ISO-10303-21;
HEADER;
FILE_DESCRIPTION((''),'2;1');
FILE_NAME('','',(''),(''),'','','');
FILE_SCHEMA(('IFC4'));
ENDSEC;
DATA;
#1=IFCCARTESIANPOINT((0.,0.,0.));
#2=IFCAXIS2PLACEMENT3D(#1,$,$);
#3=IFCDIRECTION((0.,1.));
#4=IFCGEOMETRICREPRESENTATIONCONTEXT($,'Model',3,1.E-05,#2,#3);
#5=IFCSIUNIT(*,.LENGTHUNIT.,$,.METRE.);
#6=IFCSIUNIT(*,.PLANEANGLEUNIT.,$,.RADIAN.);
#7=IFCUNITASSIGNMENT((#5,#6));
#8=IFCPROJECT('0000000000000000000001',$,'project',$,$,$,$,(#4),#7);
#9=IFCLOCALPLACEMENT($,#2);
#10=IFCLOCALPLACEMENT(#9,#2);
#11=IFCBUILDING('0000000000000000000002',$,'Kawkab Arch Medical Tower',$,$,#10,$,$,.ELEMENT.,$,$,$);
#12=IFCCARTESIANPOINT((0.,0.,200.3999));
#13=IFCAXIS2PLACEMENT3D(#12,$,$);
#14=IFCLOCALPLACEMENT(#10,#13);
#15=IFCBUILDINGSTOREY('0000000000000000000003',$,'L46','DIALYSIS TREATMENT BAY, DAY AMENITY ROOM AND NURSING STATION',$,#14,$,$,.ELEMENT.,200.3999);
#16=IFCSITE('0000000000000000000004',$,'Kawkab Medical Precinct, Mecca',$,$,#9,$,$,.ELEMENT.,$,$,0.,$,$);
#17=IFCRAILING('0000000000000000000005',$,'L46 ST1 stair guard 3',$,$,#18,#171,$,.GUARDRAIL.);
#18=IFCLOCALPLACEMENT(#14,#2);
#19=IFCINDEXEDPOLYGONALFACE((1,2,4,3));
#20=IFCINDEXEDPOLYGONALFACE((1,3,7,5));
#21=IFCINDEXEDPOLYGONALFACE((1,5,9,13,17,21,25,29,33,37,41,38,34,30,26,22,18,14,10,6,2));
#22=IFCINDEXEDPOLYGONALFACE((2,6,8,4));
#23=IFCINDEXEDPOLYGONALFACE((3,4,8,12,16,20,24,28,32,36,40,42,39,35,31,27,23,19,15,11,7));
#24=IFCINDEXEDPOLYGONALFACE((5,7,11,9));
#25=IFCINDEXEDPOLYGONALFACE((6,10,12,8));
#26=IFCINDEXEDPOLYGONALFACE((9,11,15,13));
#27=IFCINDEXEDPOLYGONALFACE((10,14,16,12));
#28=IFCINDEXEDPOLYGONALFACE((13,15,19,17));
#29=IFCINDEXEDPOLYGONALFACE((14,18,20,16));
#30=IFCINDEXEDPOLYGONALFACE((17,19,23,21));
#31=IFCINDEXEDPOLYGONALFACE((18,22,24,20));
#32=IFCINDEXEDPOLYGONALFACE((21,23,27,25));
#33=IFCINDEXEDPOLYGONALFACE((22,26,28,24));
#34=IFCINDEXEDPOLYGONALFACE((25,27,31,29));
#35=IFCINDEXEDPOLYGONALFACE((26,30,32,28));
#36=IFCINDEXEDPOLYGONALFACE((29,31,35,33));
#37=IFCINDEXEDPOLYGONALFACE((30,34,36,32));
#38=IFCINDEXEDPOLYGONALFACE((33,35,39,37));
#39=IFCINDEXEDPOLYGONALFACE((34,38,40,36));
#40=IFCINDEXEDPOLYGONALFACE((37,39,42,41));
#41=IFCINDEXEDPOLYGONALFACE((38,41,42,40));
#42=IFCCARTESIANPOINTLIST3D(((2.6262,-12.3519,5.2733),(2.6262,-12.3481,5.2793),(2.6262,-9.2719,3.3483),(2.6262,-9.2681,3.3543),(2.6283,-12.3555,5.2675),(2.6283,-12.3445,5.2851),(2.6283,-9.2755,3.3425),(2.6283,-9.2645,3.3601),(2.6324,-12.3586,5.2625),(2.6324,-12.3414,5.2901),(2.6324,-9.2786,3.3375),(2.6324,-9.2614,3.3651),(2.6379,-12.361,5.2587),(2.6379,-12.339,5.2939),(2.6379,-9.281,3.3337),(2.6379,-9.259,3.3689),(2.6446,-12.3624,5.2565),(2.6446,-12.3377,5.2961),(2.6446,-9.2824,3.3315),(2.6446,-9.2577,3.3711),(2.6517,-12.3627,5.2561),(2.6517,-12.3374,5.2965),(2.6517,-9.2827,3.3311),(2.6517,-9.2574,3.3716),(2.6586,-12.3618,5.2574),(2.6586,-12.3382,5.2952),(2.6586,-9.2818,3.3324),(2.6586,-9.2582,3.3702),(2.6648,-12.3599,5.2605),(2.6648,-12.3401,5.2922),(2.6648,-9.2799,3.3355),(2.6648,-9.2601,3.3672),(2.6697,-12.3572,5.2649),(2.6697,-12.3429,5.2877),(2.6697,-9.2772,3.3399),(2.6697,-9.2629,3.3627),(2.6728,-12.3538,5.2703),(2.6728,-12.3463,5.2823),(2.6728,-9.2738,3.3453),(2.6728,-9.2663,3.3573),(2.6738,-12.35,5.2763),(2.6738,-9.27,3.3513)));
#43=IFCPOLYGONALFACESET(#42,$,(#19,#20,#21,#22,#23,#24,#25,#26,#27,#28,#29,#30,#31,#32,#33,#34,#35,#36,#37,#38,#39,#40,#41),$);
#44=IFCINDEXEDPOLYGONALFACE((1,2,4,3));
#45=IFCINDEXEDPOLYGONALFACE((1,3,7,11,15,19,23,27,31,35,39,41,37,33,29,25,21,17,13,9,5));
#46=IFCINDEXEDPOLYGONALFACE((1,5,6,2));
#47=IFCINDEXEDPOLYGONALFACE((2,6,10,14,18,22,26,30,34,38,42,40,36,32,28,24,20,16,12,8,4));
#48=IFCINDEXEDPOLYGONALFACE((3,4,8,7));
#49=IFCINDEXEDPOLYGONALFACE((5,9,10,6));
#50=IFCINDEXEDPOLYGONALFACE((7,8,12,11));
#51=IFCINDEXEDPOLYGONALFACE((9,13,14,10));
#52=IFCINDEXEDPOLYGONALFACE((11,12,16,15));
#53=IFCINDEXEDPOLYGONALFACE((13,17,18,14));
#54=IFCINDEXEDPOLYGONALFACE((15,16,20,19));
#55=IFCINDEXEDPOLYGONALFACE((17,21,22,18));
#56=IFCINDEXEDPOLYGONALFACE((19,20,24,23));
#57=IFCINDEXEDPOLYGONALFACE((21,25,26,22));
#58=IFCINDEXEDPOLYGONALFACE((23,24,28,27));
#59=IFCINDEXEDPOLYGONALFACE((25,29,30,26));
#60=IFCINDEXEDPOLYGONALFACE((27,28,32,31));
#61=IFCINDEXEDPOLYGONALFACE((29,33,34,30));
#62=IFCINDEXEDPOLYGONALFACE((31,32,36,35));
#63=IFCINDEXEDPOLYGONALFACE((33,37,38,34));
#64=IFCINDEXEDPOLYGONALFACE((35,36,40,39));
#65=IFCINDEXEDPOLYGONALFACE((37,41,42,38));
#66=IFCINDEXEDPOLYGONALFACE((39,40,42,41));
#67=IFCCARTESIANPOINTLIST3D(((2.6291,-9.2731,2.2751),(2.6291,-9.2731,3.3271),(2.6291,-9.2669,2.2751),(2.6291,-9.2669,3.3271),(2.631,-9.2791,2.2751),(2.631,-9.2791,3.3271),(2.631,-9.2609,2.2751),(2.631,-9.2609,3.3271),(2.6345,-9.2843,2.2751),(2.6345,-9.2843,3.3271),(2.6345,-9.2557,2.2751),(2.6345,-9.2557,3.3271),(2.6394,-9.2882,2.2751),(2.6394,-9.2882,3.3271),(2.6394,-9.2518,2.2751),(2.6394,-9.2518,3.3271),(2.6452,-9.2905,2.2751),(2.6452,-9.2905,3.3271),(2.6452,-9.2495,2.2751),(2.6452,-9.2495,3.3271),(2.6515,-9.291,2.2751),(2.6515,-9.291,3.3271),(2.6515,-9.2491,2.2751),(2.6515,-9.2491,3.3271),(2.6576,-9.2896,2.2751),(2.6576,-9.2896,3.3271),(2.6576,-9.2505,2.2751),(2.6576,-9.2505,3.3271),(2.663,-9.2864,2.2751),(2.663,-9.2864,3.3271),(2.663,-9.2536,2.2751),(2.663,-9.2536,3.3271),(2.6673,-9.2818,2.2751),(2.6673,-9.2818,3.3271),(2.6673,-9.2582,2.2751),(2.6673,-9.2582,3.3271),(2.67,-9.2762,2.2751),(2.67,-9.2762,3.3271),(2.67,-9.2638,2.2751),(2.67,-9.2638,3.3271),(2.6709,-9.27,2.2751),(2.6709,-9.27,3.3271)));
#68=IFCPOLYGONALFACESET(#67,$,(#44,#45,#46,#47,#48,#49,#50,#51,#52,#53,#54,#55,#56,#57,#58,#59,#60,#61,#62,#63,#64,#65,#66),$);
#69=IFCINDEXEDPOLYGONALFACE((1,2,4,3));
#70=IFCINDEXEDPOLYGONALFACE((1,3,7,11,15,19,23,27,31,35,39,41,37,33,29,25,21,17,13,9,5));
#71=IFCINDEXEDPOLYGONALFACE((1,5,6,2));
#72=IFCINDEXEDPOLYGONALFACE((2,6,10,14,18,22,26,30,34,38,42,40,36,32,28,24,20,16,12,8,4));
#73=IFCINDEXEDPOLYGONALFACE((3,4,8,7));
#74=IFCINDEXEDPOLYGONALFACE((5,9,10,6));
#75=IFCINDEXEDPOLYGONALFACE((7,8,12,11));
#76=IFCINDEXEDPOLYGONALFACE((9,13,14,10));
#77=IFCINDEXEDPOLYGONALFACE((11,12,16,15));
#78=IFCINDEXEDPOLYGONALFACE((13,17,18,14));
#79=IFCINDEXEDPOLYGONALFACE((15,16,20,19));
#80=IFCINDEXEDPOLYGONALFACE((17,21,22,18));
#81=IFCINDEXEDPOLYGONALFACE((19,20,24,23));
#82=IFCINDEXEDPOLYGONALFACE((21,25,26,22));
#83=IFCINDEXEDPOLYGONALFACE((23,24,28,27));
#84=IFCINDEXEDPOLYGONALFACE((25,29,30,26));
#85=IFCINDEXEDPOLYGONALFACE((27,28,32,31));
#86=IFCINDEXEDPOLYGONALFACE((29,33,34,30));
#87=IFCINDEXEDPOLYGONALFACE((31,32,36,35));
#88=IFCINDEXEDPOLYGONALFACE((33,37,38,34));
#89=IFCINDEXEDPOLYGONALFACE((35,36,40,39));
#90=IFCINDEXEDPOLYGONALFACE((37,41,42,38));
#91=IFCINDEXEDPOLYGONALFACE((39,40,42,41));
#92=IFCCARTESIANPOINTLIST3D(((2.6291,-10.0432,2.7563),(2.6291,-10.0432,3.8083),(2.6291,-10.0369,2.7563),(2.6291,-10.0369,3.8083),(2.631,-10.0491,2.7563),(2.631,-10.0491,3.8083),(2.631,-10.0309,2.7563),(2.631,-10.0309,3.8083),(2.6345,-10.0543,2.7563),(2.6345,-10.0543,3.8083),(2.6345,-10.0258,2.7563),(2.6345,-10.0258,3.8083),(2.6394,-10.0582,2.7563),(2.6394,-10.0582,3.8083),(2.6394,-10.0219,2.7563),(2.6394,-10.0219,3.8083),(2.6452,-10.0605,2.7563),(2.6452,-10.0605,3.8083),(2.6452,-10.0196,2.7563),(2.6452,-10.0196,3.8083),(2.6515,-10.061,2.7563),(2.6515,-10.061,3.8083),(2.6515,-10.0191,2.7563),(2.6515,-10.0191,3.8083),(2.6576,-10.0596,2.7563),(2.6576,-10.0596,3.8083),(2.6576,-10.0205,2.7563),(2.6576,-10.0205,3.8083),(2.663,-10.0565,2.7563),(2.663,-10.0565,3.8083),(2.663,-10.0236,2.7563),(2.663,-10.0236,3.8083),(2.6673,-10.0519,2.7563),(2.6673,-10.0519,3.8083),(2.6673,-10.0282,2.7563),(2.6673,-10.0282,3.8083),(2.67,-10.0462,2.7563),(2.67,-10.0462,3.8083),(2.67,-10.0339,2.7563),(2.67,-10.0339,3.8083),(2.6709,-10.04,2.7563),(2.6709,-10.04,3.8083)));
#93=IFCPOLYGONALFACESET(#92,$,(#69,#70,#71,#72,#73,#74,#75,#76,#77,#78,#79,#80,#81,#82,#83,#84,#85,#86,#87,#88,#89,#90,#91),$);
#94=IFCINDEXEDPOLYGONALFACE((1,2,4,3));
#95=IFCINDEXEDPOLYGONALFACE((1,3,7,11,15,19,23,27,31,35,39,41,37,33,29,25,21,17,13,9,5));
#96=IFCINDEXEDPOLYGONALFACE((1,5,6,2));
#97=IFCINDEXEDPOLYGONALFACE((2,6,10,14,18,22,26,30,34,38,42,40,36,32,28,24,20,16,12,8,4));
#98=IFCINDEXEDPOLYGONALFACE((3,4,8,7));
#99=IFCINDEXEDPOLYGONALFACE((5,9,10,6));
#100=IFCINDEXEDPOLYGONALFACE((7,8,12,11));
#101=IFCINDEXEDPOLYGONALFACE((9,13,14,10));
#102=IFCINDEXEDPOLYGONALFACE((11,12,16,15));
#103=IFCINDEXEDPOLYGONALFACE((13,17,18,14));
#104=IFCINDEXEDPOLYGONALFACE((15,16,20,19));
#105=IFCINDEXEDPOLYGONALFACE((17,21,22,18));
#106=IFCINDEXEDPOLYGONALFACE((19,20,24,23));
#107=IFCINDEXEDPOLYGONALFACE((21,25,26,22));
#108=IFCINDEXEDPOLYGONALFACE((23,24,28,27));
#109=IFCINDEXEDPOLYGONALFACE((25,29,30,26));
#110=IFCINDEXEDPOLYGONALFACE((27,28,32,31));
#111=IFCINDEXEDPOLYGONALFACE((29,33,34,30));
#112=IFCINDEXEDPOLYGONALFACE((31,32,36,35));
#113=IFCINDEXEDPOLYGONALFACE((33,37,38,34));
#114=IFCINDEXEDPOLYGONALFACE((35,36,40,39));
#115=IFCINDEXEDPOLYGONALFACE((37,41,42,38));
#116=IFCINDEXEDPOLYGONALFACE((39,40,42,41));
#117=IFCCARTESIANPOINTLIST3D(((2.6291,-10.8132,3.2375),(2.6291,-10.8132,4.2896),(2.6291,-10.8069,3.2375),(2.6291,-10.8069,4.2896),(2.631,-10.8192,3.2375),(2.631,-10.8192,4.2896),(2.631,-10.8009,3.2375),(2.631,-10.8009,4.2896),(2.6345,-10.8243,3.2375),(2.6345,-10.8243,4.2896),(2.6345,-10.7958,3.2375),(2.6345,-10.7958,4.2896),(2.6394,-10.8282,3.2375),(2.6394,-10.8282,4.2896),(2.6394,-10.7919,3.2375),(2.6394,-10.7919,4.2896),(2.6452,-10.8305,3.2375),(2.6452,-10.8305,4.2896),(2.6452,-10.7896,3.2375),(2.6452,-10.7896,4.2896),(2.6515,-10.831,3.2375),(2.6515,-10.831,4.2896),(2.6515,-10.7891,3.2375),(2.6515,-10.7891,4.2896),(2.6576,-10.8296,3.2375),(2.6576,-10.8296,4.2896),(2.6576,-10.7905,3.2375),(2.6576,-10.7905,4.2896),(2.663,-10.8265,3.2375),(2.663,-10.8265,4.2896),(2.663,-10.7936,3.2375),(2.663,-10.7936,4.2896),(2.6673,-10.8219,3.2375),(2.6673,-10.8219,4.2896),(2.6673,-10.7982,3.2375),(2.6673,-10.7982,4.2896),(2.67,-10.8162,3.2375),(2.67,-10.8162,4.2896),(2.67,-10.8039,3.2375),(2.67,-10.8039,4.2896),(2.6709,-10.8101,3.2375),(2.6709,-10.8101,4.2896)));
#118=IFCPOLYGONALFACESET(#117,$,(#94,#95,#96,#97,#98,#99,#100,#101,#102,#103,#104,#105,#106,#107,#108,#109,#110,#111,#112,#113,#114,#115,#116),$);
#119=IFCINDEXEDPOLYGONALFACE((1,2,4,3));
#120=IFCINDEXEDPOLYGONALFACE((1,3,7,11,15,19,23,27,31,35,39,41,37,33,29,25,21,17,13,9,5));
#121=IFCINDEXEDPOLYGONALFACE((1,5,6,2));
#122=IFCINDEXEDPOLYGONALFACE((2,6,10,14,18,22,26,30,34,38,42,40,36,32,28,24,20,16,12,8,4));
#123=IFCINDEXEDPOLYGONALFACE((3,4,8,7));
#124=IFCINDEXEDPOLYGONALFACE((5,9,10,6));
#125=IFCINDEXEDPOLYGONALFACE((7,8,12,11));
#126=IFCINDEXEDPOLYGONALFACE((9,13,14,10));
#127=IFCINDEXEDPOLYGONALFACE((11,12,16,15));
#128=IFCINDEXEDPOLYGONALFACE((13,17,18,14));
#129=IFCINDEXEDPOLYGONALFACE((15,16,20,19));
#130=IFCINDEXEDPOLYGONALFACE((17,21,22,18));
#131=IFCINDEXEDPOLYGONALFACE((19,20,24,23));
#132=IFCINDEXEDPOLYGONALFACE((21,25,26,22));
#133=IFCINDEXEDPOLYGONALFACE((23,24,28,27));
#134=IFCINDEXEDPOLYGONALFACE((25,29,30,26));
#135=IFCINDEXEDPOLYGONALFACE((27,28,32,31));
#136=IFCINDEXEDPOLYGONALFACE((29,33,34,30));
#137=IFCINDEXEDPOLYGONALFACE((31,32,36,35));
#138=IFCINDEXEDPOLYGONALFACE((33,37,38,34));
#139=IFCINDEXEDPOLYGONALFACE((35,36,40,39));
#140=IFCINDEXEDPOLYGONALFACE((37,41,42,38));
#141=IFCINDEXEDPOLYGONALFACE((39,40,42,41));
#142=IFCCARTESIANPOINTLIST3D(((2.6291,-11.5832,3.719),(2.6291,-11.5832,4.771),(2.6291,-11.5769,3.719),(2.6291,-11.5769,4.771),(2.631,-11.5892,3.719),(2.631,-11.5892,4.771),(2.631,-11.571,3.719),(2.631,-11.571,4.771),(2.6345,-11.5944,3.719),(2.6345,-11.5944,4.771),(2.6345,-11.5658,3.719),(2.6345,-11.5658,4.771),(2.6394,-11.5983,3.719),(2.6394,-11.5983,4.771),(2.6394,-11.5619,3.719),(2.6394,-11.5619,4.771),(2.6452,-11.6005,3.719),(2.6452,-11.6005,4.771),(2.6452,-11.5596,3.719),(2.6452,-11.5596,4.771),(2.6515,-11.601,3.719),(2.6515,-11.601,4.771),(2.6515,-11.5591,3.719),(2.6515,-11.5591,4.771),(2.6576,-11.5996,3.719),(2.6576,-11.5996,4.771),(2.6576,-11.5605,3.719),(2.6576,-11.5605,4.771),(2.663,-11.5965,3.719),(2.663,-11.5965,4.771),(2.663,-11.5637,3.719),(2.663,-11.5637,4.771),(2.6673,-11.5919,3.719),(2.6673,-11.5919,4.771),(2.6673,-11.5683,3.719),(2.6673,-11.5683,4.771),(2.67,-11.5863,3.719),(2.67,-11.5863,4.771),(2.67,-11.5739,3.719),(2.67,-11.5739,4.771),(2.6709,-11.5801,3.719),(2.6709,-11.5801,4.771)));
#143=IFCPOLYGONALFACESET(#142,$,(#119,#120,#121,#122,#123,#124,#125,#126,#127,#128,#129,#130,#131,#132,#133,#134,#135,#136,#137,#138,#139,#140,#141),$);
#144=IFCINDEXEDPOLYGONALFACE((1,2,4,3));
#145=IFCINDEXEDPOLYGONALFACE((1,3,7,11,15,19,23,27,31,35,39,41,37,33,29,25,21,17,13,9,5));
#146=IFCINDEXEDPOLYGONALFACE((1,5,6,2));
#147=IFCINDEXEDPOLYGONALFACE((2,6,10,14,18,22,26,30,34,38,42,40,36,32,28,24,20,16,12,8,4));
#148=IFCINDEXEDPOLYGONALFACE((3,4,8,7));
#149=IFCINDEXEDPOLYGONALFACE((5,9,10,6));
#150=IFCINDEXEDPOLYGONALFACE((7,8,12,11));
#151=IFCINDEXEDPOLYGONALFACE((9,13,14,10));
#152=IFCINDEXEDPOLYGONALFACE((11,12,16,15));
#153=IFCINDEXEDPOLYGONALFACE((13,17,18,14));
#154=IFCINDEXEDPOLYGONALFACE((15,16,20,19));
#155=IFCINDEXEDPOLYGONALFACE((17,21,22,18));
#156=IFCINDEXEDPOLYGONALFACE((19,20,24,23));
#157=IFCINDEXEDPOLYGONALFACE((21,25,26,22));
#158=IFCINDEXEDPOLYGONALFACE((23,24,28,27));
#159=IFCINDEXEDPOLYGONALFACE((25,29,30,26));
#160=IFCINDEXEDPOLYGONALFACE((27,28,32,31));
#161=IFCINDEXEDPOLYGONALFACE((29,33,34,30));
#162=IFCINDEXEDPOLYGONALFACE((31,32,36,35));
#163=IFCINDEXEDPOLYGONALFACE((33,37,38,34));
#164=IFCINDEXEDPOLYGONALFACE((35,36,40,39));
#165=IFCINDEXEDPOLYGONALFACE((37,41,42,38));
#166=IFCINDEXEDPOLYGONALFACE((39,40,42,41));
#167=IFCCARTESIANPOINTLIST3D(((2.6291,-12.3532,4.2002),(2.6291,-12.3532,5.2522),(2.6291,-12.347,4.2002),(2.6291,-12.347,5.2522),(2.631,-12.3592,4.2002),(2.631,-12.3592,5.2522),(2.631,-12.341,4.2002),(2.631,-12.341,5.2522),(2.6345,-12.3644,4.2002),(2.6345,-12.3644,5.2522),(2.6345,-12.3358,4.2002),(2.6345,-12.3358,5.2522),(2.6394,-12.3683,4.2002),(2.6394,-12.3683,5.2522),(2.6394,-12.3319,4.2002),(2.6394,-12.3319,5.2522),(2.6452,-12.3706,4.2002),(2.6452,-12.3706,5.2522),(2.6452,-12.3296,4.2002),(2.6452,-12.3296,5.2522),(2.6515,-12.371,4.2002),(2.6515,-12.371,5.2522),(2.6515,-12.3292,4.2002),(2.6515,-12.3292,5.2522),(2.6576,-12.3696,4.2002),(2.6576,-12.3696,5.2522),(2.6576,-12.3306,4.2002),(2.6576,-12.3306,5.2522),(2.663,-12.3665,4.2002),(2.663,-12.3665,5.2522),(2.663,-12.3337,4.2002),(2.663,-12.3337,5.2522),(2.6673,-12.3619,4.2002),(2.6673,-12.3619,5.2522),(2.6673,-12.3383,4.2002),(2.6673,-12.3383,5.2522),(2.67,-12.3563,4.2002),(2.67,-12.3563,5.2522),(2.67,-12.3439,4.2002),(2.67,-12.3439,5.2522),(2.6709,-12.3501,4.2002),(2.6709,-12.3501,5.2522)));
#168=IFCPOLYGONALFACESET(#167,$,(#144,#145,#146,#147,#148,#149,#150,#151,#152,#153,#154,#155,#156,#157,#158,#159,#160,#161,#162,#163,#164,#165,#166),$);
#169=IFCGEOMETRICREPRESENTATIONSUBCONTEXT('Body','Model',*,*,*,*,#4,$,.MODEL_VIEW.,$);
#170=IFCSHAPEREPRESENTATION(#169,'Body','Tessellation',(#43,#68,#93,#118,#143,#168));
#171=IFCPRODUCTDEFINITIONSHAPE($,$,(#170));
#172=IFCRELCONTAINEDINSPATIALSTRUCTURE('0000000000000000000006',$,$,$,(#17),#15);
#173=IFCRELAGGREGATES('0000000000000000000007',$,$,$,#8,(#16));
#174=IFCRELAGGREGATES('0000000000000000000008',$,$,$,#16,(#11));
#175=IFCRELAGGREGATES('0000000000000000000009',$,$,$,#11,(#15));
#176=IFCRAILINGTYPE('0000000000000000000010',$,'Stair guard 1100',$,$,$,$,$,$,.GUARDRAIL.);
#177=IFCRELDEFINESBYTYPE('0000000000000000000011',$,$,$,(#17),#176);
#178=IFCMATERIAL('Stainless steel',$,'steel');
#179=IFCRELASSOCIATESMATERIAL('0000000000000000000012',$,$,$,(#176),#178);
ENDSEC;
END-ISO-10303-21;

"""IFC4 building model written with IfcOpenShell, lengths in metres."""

from ifc_helpers import new_model, si_unit, direction, frame, origin, origin_2d, place, context, subcontext, project, spatial, circle, extrude, material, type_object, element, save


model = new_model("IFC4")

# Units and contexts
model_context = context("Model", 3, precision=1e-05, world=origin(), true_north=direction((0.0, 1.0)))
body_context = subcontext(model_context, "Body", "Model", "MODEL_VIEW")
ifc_project = project(units=[si_unit("LENGTHUNIT", "METRE"), si_unit("PLANEANGLEUNIT", "RADIAN")], contexts=[model_context])

# Site, building, storey
site_placement = place(None, origin())
site = spatial("IfcSite", under=ifc_project, at=site_placement, Name="Kawkab Medical Precinct, Mecca", CompositionType="ELEMENT", RefElevation=0.0)
building_placement = place(site_placement, origin())
building = spatial("IfcBuilding", under=site, at=building_placement, Name="Kawkab Arch Medical Tower", CompositionType="ELEMENT")
storey_placement = place(building_placement, frame((0.0, 0.0, 200.3999)))
storey = spatial("IfcBuildingStorey", under=building, at=storey_placement, Name="L46", Description="DIALYSIS TREATMENT BAY, DAY AMENITY ROOM AND NURSING STATION", CompositionType="ELEMENT", Elevation=200.3999)

# Railing
ifc_material_1 = material(Name="Stainless steel", Category="steel")
railing_type_1 = type_object("IfcRailingType", Name="Stair guard 1100", PredefinedType="GUARDRAIL", material=ifc_material_1)
railing_1_placement = place(storey_placement, frame((2.6499, -9.27, 2.2751)))
element("IfcRailing", 1, at=railing_1_placement, inside=storey, type_object=railing_type_1, Name="L46 ST1 stair guard 3", PredefinedType="GUARDRAIL", context=body_context, shape_type="SweptSolid", body=[
    extrude(circle(Radius=0.0239, at=origin_2d()), frame((0.0, 0.0, 1.0762), z_axis=(0.0, -0.847998, 0.529999), x_axis=(1.0, 0.0, 0.0)), (0.0, 0.0, 1.0), 3.6321),
    extrude(circle(Radius=0.021, at=origin_2d()), origin(), (0.0, 0.0, 1.0), 1.052),
    extrude(circle(Radius=0.021, at=origin_2d()), frame((0.0, -0.77, 0.4812)), (0.0, 0.0, 1.0), 1.052),
    extrude(circle(Radius=0.021, at=origin_2d()), frame((0.0, -1.54, 0.9624)), (0.0, 0.0, 1.0), 1.052),
    extrude(circle(Radius=0.021, at=origin_2d()), frame((0.0, -2.3101, 1.4438)), (0.0, 0.0, 1.0), 1.052),
    extrude(circle(Radius=0.021, at=origin_2d()), frame((0.0, -3.0801, 1.925)), (0.0, 0.0, 1.0), 1.052),
])

save(model, "model.ifc")
